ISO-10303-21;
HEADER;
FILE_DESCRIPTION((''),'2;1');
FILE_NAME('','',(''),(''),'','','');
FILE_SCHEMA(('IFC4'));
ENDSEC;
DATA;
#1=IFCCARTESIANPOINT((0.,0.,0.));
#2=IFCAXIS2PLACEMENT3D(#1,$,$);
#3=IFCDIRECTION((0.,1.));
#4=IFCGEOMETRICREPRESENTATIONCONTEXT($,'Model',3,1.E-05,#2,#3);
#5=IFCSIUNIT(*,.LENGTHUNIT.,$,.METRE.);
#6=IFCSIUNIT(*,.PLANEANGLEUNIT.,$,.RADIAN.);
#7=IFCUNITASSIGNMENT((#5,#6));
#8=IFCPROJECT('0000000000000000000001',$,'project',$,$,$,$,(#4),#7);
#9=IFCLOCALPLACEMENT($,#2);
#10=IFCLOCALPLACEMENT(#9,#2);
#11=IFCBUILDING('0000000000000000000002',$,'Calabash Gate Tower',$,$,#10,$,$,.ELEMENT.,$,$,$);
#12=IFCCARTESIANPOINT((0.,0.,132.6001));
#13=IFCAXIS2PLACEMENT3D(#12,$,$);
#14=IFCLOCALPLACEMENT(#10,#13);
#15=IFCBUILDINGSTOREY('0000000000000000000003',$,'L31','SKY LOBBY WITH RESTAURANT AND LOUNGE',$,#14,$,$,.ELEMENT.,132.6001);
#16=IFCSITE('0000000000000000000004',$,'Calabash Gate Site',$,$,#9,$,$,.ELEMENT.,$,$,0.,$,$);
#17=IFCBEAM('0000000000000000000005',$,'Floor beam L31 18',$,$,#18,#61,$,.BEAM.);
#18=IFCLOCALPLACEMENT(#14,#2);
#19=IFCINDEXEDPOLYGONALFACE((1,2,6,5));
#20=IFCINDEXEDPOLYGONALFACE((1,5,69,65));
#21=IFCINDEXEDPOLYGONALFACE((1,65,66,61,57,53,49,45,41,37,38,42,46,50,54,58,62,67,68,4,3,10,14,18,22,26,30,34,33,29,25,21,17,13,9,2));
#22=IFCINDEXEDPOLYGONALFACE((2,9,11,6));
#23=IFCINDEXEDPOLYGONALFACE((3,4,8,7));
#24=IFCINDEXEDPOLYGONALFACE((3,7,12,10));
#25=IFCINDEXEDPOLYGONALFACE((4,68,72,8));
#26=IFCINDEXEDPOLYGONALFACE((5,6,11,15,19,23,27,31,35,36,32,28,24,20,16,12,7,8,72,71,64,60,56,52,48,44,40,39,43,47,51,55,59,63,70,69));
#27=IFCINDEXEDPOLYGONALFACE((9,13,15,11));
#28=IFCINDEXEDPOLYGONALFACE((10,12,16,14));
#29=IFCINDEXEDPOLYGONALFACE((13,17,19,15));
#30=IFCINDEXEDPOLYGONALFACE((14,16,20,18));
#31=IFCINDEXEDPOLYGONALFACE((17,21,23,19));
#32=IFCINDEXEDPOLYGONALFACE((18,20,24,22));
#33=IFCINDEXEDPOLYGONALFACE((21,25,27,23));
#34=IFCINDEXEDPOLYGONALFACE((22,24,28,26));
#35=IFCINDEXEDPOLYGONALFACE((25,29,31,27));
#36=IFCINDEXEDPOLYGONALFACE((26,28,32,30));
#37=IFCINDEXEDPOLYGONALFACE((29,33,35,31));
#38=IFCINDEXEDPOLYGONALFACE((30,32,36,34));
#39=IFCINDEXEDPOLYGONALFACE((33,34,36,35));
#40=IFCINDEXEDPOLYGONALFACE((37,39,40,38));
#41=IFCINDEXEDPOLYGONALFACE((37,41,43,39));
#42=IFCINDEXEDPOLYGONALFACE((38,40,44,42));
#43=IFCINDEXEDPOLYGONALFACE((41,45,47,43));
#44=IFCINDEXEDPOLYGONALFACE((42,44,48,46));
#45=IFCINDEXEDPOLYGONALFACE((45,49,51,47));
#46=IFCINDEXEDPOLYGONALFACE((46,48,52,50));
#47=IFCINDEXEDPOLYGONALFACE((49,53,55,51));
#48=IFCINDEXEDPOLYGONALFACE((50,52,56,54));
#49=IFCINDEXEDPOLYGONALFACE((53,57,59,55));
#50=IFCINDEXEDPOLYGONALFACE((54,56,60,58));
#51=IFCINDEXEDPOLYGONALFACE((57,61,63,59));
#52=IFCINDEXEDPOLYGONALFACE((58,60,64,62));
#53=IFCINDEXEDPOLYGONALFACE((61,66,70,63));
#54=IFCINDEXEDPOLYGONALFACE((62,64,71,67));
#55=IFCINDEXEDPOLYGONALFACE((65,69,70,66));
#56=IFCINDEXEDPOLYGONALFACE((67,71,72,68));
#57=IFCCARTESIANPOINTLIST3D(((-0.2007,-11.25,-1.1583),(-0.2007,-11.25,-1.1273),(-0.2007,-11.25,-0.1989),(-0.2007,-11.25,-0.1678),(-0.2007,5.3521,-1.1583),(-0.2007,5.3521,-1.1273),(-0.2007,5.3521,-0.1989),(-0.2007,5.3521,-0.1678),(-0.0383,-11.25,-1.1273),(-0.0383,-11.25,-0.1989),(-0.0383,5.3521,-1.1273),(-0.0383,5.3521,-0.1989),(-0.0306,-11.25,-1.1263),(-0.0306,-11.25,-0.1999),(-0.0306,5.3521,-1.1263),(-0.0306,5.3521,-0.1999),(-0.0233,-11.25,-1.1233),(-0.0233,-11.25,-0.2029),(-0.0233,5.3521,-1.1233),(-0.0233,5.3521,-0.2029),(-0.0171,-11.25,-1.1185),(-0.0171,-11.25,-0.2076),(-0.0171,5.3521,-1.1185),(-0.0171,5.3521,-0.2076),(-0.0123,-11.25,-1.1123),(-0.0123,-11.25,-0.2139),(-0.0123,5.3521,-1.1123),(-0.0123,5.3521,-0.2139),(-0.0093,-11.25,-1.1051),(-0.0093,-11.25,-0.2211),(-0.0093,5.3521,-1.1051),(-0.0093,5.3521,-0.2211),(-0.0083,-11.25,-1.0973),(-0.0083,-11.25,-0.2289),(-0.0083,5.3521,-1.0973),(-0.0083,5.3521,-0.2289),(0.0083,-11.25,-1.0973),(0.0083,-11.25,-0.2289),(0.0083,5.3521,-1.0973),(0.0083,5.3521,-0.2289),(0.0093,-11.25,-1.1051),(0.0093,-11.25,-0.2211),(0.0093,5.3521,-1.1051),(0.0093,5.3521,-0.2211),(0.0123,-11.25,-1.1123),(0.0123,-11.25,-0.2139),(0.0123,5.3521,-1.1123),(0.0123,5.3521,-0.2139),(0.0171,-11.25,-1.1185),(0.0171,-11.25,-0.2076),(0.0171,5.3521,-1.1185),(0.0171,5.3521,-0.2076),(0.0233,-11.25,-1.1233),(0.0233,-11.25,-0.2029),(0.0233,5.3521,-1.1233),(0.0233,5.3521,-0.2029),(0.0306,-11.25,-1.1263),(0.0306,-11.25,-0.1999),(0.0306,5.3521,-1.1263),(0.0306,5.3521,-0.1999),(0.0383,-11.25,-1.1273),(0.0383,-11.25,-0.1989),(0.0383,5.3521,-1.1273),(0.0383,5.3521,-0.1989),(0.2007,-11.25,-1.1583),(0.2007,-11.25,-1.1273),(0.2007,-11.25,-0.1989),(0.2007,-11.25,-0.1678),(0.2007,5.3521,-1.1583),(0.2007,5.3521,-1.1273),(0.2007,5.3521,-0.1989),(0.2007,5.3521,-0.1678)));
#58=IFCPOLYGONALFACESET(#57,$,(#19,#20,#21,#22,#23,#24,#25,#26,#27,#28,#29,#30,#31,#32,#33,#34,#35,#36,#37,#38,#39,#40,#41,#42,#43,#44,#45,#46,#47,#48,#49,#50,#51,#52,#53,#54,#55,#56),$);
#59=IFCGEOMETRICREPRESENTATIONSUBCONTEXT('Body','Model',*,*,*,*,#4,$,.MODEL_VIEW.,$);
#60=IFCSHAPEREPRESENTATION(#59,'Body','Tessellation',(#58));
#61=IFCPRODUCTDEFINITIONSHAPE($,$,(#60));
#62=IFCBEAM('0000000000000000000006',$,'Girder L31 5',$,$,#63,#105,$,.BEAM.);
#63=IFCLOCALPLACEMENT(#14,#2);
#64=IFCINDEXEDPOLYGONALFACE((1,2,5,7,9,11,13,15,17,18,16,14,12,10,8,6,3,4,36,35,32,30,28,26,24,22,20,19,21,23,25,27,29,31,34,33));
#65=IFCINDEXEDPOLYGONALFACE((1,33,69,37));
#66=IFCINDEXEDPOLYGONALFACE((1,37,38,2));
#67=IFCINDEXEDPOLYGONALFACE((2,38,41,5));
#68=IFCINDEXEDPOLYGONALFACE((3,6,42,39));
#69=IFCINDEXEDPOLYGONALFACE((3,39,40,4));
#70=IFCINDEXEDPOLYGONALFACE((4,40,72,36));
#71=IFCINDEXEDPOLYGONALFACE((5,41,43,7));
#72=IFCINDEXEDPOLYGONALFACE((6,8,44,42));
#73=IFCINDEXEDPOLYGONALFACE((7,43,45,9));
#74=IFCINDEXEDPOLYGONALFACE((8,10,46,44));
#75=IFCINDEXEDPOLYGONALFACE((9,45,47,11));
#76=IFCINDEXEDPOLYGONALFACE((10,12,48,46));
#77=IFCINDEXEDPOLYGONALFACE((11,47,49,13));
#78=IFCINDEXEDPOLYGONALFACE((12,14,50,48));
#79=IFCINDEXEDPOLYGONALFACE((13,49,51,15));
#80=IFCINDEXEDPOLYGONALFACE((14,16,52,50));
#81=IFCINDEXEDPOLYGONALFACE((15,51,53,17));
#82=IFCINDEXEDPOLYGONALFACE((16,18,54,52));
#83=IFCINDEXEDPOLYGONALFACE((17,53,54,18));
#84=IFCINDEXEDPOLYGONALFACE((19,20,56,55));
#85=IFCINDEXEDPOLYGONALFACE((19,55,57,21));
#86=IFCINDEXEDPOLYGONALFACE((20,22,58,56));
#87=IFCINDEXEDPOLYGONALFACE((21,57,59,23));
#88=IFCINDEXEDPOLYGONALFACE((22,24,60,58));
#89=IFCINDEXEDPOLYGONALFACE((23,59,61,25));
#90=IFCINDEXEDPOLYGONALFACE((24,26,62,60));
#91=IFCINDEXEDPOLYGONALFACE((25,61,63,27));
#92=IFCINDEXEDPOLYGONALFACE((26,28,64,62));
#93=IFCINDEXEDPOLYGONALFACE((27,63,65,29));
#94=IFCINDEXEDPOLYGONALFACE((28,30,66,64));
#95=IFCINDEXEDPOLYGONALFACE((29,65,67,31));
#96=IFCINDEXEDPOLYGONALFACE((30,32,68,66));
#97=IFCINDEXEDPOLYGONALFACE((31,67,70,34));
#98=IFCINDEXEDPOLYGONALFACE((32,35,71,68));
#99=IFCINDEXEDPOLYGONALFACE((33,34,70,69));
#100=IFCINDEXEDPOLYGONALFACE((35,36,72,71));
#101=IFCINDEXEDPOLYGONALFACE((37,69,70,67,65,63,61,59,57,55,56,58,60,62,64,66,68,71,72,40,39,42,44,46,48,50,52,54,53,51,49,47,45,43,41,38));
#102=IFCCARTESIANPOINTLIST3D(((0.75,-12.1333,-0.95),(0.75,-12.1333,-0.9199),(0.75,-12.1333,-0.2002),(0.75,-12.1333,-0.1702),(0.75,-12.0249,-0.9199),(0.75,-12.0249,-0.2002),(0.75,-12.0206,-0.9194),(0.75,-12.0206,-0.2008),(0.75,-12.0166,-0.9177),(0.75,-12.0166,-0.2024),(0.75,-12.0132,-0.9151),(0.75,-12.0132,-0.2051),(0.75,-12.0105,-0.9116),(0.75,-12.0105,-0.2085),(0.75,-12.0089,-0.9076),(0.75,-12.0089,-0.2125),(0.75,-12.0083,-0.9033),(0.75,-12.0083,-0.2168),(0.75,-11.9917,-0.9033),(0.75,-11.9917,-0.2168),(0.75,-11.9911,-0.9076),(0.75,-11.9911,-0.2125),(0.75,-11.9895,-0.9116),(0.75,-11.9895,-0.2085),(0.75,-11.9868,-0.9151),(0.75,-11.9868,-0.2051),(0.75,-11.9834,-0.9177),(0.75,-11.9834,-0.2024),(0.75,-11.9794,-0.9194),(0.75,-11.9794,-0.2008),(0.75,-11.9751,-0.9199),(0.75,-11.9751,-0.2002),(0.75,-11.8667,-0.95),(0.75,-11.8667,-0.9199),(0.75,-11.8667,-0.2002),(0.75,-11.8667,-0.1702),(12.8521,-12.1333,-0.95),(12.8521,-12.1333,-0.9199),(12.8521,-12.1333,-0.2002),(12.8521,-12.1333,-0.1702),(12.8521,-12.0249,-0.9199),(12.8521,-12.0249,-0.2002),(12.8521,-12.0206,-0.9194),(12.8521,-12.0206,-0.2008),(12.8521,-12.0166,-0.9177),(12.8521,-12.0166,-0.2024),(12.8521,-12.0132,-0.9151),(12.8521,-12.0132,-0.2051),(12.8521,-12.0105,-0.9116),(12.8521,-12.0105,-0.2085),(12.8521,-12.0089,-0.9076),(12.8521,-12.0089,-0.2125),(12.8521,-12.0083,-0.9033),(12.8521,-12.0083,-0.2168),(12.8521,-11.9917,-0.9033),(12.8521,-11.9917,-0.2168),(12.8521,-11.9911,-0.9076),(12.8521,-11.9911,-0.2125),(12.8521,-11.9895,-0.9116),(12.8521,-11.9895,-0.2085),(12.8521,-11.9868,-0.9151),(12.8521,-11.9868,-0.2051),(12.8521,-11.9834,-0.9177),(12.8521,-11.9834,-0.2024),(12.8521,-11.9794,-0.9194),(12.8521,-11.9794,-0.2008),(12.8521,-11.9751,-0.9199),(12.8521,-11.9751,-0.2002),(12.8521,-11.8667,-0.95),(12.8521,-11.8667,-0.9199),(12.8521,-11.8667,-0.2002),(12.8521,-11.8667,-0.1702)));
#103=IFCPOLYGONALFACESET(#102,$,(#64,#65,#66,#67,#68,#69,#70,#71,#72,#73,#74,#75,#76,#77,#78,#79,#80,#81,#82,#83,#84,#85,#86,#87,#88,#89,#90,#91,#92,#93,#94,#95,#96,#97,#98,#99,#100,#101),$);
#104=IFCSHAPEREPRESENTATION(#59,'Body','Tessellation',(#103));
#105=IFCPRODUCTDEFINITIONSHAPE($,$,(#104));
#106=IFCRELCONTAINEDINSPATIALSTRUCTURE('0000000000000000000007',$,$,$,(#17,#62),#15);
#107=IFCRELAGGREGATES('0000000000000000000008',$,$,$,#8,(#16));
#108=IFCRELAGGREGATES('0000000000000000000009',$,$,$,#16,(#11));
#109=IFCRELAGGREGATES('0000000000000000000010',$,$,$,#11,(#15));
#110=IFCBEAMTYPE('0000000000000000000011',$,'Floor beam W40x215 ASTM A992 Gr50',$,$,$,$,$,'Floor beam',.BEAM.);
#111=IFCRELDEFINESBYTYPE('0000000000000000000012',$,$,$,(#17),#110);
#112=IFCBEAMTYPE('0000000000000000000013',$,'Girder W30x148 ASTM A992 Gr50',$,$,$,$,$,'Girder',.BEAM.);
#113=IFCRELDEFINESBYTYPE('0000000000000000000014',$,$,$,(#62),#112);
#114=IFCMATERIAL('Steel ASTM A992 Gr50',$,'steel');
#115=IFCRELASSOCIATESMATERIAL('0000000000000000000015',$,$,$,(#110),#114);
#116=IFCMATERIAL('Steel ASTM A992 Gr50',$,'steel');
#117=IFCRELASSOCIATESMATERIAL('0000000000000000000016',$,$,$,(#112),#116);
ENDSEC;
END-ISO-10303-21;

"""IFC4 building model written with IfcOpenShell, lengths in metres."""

from ifc_helpers import new_model, si_unit, direction, frame, origin, origin_2d, place, context, subcontext, project, spatial, i_section, extrude, material, material_profile, profile_set, type_object, element, save


model = new_model("IFC4")

# Units and contexts
model_context = context("Model", 3, precision=1e-05, world=origin(), true_north=direction((0.0, 1.0)))
body_context = subcontext(model_context, "Body", "Model", "MODEL_VIEW")
ifc_project = project(units=[si_unit("LENGTHUNIT", "METRE"), si_unit("PLANEANGLEUNIT", "RADIAN")], contexts=[model_context])

# Site, building, storey
site_placement = place(None, origin())
site = spatial("IfcSite", under=ifc_project, at=site_placement, Name="Calabash Gate Site", CompositionType="ELEMENT", RefElevation=0.0)
building_placement = place(site_placement, origin())
building = spatial("IfcBuilding", under=site, at=building_placement, Name="Calabash Gate Tower", CompositionType="ELEMENT")
storey_placement = place(building_placement, frame((0.0, 0.0, 132.6001)))
storey = spatial("IfcBuildingStorey", under=building, at=storey_placement, Name="L31", Description="SKY LOBBY WITH RESTAURANT AND LOUNGE", CompositionType="ELEMENT", Elevation=132.6001)

# Beams
ifc_material_1 = material(Name="Steel ASTM A992 Gr50", Category="steel")
ifc_material_profile_1 = material_profile(ifc_material_1, i_section(OverallWidth=0.4014, OverallDepth=0.9905, WebThickness=0.0166, FlangeThickness=0.031, FilletRadius=0.03, at=origin_2d()))
ifc_profile_set_1 = profile_set([ifc_material_profile_1], Name="Steel ASTM A992 Gr50")
beam_type_1 = type_object("IfcBeamType", Name="Floor beam W40x215 ASTM A992 Gr50", ElementType="Floor beam", PredefinedType="BEAM", material=ifc_profile_set_1)
beam_1_placement = place(storey_placement, frame((0.0, -11.25, -0.6631), z_axis=(0.0, 1.0, 0.0), x_axis=(-1.0, 0.0, 0.0)))
element("IfcBeam", 1, at=beam_1_placement, inside=storey, type_object=beam_type_1, Name="Floor beam L31 18", PredefinedType="BEAM", context=body_context, shape_type="SweptSolid", body=[
    extrude(i_section(OverallWidth=0.4014, OverallDepth=0.9905, WebThickness=0.0166, FlangeThickness=0.031, FilletRadius=0.03, at=origin_2d()), origin(), (0.0, 0.0, 1.0), 16.6021),
])
ifc_material_2 = material(Name="Steel ASTM A992 Gr50", Category="steel")
ifc_material_profile_2 = material_profile(ifc_material_2, i_section(OverallWidth=0.2666, OverallDepth=0.7798, WebThickness=0.0166, FlangeThickness=0.03, FilletRadius=0.0166, at=origin_2d()))
ifc_profile_set_2 = profile_set([ifc_material_profile_2], Name="Steel ASTM A992 Gr50")
beam_type_2 = type_object("IfcBeamType", Name="Girder W30x148 ASTM A992 Gr50", ElementType="Girder", PredefinedType="BEAM", material=ifc_profile_set_2)
beam_2_placement = place(storey_placement, frame((0.75, -12.0, -0.5601), z_axis=(1.0, 0.0, 0.0), x_axis=(0.0, 1.0, 0.0)))
element("IfcBeam", 2, at=beam_2_placement, inside=storey, type_object=beam_type_2, Name="Girder L31 5", PredefinedType="BEAM", context=body_context, shape_type="SweptSolid", body=[
    extrude(i_section(OverallWidth=0.2666, OverallDepth=0.7798, WebThickness=0.0166, FlangeThickness=0.03, FilletRadius=0.0166, at=origin_2d()), origin(), (0.0, 0.0, 1.0), 12.1021),
])

save(model, "model.ifc")
